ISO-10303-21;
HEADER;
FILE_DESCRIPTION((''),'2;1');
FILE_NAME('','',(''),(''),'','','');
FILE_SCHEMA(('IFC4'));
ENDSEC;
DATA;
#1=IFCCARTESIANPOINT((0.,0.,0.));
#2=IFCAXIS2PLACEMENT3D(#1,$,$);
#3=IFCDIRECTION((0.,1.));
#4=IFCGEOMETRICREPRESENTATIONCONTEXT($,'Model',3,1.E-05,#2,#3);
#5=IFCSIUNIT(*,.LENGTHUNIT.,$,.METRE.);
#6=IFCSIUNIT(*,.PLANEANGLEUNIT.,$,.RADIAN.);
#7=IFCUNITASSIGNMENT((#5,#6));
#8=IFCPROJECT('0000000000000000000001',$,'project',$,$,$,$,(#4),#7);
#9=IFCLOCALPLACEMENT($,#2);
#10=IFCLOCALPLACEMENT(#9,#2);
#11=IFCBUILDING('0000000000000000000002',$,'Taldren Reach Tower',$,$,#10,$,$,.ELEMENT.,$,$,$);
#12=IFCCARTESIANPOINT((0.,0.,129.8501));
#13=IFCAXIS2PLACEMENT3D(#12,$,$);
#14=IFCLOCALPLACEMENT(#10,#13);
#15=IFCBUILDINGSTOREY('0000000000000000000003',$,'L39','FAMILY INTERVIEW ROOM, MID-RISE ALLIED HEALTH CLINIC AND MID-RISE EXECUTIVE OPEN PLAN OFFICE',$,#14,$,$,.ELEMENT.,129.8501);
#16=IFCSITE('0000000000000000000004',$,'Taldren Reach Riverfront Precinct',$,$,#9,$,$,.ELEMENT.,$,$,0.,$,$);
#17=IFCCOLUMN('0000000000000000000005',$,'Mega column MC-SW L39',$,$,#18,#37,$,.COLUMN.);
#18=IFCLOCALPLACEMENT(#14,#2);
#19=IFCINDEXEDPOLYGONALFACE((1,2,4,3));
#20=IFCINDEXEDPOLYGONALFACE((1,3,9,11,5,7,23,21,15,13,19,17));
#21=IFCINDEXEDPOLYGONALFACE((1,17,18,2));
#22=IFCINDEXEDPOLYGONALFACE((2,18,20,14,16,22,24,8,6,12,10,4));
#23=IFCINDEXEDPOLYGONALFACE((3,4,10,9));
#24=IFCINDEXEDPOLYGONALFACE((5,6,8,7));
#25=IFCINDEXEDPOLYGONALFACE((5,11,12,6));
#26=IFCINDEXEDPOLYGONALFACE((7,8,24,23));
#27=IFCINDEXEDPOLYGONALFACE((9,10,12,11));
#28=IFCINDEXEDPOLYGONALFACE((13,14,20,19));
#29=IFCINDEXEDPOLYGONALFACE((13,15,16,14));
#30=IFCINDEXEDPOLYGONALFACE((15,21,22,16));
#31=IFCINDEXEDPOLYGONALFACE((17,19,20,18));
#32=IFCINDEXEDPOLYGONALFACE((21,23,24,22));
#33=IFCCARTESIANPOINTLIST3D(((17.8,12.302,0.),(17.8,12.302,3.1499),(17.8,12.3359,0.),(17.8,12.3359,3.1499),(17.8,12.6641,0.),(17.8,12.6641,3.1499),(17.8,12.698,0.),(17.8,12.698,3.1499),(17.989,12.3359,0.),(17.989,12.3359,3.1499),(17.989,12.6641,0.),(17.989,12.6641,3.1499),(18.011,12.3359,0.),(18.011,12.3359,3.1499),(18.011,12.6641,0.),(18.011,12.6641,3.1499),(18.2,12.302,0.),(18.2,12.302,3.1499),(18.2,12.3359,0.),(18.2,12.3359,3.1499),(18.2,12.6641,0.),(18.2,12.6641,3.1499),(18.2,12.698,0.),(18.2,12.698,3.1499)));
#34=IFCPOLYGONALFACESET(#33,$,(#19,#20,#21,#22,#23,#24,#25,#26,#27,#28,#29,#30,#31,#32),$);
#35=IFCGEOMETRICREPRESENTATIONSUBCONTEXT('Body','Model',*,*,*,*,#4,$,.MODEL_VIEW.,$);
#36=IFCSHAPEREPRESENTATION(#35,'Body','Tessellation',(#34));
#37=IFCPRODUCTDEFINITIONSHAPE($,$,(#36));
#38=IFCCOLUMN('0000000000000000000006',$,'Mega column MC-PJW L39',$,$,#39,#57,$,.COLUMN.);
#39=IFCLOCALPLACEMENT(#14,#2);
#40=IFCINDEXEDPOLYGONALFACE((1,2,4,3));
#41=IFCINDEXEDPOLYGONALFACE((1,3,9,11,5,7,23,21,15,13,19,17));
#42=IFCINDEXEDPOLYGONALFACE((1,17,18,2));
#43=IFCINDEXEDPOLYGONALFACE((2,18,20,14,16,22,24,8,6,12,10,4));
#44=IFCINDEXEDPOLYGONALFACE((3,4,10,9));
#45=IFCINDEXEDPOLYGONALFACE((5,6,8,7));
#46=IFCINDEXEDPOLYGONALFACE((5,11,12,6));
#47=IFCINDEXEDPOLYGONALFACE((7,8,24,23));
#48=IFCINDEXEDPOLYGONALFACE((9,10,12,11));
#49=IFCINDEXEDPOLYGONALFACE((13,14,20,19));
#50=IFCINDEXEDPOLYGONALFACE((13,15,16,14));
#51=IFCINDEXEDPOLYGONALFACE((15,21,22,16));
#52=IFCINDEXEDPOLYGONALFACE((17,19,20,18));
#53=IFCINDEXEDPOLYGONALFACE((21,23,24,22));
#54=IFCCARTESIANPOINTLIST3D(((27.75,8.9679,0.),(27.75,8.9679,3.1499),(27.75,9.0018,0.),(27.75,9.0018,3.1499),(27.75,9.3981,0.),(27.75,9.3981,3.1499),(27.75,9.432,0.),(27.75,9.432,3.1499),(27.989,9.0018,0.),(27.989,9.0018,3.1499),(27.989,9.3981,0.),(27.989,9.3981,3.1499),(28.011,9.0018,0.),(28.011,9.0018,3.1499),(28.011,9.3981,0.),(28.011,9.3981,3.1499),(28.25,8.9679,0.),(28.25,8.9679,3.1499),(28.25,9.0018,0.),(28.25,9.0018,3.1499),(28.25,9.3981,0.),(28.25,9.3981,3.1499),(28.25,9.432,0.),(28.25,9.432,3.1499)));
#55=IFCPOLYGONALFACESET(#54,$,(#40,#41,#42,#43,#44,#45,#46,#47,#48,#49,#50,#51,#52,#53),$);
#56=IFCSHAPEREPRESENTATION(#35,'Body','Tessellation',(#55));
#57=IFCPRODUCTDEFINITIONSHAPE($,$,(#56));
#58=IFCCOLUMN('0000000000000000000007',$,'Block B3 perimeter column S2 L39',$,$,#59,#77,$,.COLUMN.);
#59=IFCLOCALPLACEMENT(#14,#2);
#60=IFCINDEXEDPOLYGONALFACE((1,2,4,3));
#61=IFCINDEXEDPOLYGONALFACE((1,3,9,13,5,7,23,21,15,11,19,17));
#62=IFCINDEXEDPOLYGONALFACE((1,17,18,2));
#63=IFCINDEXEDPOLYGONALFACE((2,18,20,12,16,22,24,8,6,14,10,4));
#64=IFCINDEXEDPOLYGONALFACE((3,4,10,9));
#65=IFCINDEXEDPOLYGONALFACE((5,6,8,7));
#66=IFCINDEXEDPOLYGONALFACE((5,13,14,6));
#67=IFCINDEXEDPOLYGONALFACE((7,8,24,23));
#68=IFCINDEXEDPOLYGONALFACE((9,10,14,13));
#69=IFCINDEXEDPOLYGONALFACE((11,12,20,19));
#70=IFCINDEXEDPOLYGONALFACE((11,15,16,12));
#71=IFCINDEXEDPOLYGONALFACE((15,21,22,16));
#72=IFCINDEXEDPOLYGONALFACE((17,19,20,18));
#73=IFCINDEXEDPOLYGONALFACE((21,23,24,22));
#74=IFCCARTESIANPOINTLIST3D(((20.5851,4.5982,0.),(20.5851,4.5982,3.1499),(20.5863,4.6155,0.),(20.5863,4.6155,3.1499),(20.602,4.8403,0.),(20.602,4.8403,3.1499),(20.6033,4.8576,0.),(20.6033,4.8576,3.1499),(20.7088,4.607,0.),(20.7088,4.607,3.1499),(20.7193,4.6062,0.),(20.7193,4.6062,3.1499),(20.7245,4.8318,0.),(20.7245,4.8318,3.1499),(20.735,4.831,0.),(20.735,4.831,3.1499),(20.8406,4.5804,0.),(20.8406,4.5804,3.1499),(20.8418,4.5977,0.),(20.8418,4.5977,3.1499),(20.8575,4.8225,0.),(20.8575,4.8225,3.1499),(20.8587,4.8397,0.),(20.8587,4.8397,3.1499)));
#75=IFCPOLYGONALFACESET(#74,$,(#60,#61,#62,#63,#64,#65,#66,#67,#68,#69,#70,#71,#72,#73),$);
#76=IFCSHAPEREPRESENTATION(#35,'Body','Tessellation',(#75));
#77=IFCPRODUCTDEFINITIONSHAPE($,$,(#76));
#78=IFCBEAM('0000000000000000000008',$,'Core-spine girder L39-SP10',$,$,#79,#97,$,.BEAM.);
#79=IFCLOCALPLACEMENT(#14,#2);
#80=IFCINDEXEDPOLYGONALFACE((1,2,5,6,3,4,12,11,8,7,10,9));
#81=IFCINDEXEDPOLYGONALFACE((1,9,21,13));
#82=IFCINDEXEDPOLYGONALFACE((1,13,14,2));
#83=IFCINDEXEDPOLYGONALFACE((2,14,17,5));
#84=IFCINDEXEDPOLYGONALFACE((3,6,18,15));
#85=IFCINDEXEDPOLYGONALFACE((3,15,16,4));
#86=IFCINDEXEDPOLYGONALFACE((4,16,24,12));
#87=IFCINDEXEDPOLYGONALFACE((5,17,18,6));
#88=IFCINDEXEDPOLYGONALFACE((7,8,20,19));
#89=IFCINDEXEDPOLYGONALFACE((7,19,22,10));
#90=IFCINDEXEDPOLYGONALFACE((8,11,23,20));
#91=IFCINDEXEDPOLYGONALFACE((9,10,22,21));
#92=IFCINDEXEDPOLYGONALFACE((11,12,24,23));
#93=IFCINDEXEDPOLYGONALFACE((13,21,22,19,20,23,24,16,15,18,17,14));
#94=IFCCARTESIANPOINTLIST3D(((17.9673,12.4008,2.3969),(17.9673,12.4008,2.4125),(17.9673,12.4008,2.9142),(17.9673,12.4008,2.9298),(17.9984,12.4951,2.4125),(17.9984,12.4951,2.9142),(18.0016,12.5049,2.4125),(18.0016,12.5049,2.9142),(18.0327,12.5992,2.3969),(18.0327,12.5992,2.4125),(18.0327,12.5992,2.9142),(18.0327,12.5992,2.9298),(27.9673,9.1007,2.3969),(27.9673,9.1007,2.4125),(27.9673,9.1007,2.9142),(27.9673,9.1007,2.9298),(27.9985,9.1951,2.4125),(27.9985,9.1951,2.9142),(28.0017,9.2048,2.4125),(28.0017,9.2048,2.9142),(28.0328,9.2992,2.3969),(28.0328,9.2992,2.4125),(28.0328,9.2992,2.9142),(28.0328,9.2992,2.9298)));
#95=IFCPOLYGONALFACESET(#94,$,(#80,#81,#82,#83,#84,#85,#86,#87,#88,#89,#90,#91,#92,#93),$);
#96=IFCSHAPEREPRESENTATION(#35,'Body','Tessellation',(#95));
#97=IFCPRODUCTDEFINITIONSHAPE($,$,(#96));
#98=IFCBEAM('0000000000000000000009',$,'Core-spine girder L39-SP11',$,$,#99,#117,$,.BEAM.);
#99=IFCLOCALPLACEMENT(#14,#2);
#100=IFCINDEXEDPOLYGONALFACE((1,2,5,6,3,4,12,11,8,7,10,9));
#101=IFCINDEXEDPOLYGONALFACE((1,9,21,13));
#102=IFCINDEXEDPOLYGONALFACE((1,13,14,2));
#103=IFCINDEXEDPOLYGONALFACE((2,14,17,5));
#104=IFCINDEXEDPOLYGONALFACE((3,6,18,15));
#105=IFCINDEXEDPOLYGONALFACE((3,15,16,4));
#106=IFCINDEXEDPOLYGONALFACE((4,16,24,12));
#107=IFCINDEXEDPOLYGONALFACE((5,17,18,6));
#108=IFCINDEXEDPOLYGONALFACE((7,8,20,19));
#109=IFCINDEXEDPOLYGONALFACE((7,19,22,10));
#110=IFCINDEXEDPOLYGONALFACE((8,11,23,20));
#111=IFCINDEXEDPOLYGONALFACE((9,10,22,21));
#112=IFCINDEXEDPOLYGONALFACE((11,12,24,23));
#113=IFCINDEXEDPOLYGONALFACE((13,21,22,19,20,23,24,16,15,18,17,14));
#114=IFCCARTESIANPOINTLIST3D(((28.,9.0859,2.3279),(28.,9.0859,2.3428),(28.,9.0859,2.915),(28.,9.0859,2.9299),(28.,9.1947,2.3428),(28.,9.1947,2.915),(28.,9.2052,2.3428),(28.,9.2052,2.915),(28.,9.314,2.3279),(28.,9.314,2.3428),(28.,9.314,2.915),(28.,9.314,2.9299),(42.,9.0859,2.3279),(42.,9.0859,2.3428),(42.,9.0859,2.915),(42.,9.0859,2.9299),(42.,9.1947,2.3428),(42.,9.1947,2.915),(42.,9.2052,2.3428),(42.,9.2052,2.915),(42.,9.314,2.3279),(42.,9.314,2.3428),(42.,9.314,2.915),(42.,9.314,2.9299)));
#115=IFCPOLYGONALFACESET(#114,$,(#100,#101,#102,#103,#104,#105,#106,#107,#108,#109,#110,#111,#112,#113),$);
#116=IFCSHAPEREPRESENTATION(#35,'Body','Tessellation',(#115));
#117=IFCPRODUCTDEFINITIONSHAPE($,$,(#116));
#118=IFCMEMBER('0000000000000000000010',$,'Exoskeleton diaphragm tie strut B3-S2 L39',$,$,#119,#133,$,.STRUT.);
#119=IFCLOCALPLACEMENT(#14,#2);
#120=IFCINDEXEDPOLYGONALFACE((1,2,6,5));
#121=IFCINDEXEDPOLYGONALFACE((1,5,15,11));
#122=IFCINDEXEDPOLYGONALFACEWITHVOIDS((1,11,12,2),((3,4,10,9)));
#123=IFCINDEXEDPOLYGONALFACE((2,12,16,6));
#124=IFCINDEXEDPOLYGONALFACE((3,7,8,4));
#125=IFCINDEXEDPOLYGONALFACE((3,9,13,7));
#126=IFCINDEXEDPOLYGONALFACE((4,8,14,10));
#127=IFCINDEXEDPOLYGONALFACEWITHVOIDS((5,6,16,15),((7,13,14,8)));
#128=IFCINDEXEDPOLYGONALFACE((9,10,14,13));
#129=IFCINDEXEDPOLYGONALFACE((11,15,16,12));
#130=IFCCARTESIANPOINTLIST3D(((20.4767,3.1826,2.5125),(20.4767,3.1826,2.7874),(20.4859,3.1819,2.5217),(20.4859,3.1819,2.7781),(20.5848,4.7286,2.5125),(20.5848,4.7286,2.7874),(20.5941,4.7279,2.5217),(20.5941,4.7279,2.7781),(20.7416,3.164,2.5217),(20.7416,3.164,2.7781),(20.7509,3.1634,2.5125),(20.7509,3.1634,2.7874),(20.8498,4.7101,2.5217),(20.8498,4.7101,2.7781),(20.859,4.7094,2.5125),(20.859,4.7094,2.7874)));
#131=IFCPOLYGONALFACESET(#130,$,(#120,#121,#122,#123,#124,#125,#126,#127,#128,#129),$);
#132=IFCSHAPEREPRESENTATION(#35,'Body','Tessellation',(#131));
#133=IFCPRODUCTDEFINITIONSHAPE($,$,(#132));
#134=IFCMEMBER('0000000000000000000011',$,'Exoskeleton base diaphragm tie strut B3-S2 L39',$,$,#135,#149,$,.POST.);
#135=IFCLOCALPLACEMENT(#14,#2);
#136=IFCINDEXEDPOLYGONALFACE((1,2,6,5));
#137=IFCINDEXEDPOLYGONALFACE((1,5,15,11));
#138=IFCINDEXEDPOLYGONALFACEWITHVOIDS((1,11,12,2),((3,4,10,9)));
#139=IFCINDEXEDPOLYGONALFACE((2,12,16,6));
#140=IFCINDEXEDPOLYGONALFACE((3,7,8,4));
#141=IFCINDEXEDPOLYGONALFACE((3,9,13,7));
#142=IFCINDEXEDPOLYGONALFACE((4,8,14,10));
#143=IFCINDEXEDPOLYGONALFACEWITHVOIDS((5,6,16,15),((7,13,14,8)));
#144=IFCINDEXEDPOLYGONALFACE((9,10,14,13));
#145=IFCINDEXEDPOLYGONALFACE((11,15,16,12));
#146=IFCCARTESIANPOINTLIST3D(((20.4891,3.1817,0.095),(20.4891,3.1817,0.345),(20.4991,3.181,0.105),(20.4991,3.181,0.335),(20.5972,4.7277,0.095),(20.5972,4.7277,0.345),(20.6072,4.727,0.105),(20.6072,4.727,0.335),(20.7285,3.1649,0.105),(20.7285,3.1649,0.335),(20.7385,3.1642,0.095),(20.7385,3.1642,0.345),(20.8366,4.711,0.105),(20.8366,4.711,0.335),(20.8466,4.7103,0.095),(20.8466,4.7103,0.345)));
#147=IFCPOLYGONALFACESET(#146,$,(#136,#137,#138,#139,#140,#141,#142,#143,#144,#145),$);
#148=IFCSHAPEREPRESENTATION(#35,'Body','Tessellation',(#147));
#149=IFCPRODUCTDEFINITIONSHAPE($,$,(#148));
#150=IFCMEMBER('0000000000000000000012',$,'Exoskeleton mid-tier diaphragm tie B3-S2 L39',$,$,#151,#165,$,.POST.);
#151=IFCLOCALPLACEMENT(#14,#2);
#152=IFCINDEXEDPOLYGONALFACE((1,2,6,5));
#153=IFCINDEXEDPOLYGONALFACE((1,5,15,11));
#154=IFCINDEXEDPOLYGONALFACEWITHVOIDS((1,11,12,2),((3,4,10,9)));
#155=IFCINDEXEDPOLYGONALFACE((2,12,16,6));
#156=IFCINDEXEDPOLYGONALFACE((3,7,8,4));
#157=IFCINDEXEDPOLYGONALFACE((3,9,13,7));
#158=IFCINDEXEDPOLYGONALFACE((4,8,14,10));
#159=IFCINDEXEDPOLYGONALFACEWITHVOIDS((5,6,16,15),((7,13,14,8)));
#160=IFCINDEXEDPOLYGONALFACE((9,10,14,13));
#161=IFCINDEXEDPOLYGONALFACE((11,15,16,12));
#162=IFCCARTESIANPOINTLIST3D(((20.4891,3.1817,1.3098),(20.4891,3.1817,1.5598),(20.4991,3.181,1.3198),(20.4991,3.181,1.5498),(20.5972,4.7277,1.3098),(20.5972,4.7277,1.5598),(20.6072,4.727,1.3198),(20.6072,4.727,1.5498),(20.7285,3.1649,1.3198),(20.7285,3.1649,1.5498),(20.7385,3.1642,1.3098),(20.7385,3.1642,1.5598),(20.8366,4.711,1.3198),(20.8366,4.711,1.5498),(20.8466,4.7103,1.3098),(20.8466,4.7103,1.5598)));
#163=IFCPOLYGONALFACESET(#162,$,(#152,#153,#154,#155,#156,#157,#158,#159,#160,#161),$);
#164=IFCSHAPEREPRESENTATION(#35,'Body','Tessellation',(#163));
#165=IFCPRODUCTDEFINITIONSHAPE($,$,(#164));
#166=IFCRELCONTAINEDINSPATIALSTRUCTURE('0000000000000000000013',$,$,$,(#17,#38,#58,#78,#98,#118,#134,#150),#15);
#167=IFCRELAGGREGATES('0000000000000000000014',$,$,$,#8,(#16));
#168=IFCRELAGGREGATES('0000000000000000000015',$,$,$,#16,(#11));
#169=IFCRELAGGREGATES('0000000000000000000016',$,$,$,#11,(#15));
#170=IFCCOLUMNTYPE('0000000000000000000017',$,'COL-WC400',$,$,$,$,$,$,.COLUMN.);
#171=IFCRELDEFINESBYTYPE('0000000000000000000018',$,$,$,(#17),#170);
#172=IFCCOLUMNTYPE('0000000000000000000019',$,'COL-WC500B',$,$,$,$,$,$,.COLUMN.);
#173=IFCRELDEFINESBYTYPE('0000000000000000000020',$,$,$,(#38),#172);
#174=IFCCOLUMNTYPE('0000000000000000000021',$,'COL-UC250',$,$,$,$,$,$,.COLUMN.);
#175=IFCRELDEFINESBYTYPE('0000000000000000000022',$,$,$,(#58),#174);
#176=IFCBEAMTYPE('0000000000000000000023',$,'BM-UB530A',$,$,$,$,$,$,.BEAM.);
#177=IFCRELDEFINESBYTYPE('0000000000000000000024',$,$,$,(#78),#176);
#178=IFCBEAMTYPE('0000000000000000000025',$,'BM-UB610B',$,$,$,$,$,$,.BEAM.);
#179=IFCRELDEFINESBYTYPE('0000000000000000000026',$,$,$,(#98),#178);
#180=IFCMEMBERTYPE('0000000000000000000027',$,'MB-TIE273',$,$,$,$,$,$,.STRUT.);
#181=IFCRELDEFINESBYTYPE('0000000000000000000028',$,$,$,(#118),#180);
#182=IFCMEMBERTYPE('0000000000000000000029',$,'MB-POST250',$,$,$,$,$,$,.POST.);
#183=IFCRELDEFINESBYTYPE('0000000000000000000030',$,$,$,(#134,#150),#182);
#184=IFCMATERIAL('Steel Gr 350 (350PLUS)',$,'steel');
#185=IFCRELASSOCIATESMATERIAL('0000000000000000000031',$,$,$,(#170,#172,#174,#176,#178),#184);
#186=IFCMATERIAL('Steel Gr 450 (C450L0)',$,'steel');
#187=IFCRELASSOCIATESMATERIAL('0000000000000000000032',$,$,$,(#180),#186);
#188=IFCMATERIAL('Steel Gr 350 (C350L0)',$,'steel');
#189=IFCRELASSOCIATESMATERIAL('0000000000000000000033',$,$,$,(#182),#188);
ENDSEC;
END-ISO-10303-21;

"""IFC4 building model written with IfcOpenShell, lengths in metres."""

from ifc_helpers import new_model, si_unit, direction, frame, origin, origin_2d, place, context, subcontext, project, spatial, hollow_rectangle, i_section, extrude, source, transform, mapped, material, material_profile, profile_set, type_object, element, save


model = new_model("IFC4")

# Units and contexts
model_context = context("Model", 3, precision=1e-05, world=origin(), true_north=direction((0.0, 1.0)))
body_context = subcontext(model_context, "Body", "Model", "MODEL_VIEW")
ifc_project = project(units=[si_unit("LENGTHUNIT", "METRE"), si_unit("PLANEANGLEUNIT", "RADIAN")], contexts=[model_context])

# Site, building, storey
site_placement = place(None, origin())
site = spatial("IfcSite", under=ifc_project, at=site_placement, Name="Taldren Reach Riverfront Precinct", CompositionType="ELEMENT", RefElevation=0.0)
building_placement = place(site_placement, origin())
building = spatial("IfcBuilding", under=site, at=building_placement, Name="Taldren Reach Tower", CompositionType="ELEMENT")
storey_placement = place(building_placement, frame((0.0, 0.0, 129.8501)))
storey = spatial("IfcBuildingStorey", under=building, at=storey_placement, Name="L39", Description="FAMILY INTERVIEW ROOM, MID-RISE ALLIED HEALTH CLINIC AND MID-RISE EXECUTIVE OPEN PLAN OFFICE", CompositionType="ELEMENT", Elevation=129.8501)

# Columns
ifc_material_1 = material(Name="Steel Gr 350 (350PLUS)", Category="steel")
ifc_material_profile_1 = material_profile(ifc_material_1, i_section(OverallWidth=0.3999, OverallDepth=0.396, WebThickness=0.022, FlangeThickness=0.0339, at=origin_2d()), Name="400WC270")
ifc_profile_set_1 = profile_set([ifc_material_profile_1], Name="Steel Gr 350 (350PLUS)")
column_type_1 = type_object("IfcColumnType", Name="COL-WC400", PredefinedType="COLUMN", material=ifc_profile_set_1)
shared_shape_1 = source(origin(), body_context, "Body", "SweptSolid", [
    extrude(i_section(OverallWidth=0.3999, OverallDepth=0.396, WebThickness=0.022, FlangeThickness=0.0339, at=origin_2d()), origin(), (0.0, 0.0, 1.0), 3.1499),
])
column_1_placement = place(storey_placement, frame((18.0, 12.5, 0.0), z_axis=(0.0, 0.0, 1.0), x_axis=(1.0, 0.0, 0.0)))
element("IfcColumn", 1, at=column_1_placement, inside=storey, type_object=column_type_1, Name="Mega column MC-SW L39", PredefinedType="COLUMN", context=body_context, shape_type="MappedRepresentation", body=[
    mapped(shared_shape_1, transform((0.0, 0.0, 0.0), scale=1.0)),
])
ifc_material_profile_2 = material_profile(ifc_material_1, i_section(OverallWidth=0.5, OverallDepth=0.4641, WebThickness=0.022, FlangeThickness=0.0339, at=origin_2d()), Name="500WC340")
ifc_profile_set_2 = profile_set([ifc_material_profile_2], Name="Steel Gr 350 (350PLUS)")
column_type_2 = type_object("IfcColumnType", Name="COL-WC500B", PredefinedType="COLUMN", material=ifc_profile_set_2)
shared_shape_2 = source(origin(), body_context, "Body", "SweptSolid", [
    extrude(i_section(OverallWidth=0.5, OverallDepth=0.4641, WebThickness=0.022, FlangeThickness=0.0339, at=origin_2d()), origin(), (0.0, 0.0, 1.0), 3.1499),
])
column_2_placement = place(storey_placement, frame((28.0, 9.2, 0.0), z_axis=(0.0, 0.0, 1.0), x_axis=(1.0, 0.0, 0.0)))
element("IfcColumn", 2, at=column_2_placement, inside=storey, type_object=column_type_2, Name="Mega column MC-PJW L39", PredefinedType="COLUMN", context=body_context, shape_type="MappedRepresentation", body=[
    mapped(shared_shape_2, transform((0.0, 0.0, 0.0), scale=1.0)),
])
ifc_material_profile_3 = material_profile(ifc_material_1, i_section(OverallWidth=0.2561, OverallDepth=0.26, WebThickness=0.0105, FlangeThickness=0.0173, at=origin_2d()), Name="250UC89.5")
ifc_profile_set_3 = profile_set([ifc_material_profile_3], Name="Steel Gr 350 (350PLUS)")
column_type_3 = type_object("IfcColumnType", Name="COL-UC250", PredefinedType="COLUMN", material=ifc_profile_set_3)
shared_shape_3 = source(origin(), body_context, "Body", "SweptSolid", [
    extrude(i_section(OverallWidth=0.2561, OverallDepth=0.26, WebThickness=0.0105, FlangeThickness=0.0173, at=origin_2d()), origin(), (0.0, 0.0, 1.0), 3.1499),
])
column_3_placement = place(storey_placement, frame((20.7219, 4.719, 0.0), z_axis=(0.0, 0.0, 1.0), x_axis=(0.997564, -0.069756, 0.0)))
element("IfcColumn", 3, at=column_3_placement, inside=storey, type_object=column_type_3, Name="Block B3 perimeter column S2 L39", PredefinedType="COLUMN", context=body_context, shape_type="MappedRepresentation", body=[
    mapped(shared_shape_3, transform((0.0, 0.0, 0.0), scale=1.0)),
])

# Beams
ifc_material_profile_4 = material_profile(ifc_material_1, i_section(OverallWidth=0.209, OverallDepth=0.533, WebThickness=0.0103, FlangeThickness=0.0156, at=origin_2d()), Name="530UB92.4")
ifc_profile_set_4 = profile_set([ifc_material_profile_4], Name="Steel Gr 350 (350PLUS)")
beam_type_1 = type_object("IfcBeamType", Name="BM-UB530A", PredefinedType="BEAM", material=ifc_profile_set_4)
shared_shape_4 = source(origin(), body_context, "Body", "SweptSolid", [
    extrude(i_section(OverallWidth=0.209, OverallDepth=0.533, WebThickness=0.0103, FlangeThickness=0.0156, at=origin_2d()), origin(), (0.0, 0.0, 1.0), 10.5305),
])
beam_1_placement = place(storey_placement, frame((18.0, 12.5, 2.6633), z_axis=(0.949627, -0.313382, 0.0), x_axis=(0.313382, 0.949627, 0.0)))
element("IfcBeam", 4, at=beam_1_placement, inside=storey, type_object=beam_type_1, Name="Core-spine girder L39-SP10", PredefinedType="BEAM", context=body_context, shape_type="MappedRepresentation", body=[
    mapped(shared_shape_4, transform((0.0, 0.0, 0.0), scale=1.0)),
])
ifc_material_profile_5 = material_profile(ifc_material_1, i_section(OverallWidth=0.228, OverallDepth=0.6021, WebThickness=0.0105, FlangeThickness=0.0149, at=origin_2d()), Name="610UB101")
ifc_profile_set_5 = profile_set([ifc_material_profile_5], Name="Steel Gr 350 (350PLUS)")
beam_type_2 = type_object("IfcBeamType", Name="BM-UB610B", PredefinedType="BEAM", material=ifc_profile_set_5)
shared_shape_5 = source(origin(), body_context, "Body", "SweptSolid", [
    extrude(i_section(OverallWidth=0.228, OverallDepth=0.6021, WebThickness=0.0105, FlangeThickness=0.0149, at=origin_2d()), origin(), (0.0, 0.0, 1.0), 14.0),
])
beam_2_placement = place(storey_placement, frame((28.0, 9.2, 2.6289), z_axis=(1.0, 0.0, 0.0), x_axis=(0.0, 1.0, 0.0)))
element("IfcBeam", 5, at=beam_2_placement, inside=storey, type_object=beam_type_2, Name="Core-spine girder L39-SP11", PredefinedType="BEAM", context=body_context, shape_type="MappedRepresentation", body=[
    mapped(shared_shape_5, transform((0.0, 0.0, 0.0), scale=1.0)),
])

# Members
ifc_material_2 = material(Name="Steel Gr 450 (C450L0)", Category="steel")
ifc_material_profile_6 = material_profile(ifc_material_2, hollow_rectangle(XDim=0.2749, YDim=0.2749, WallThickness=0.0093, at=origin_2d()), Name="275x275x9.3SHS")
ifc_profile_set_6 = profile_set([ifc_material_profile_6], Name="Steel Gr 450 (C450L0)")
member_type_1 = type_object("IfcMemberType", Name="MB-TIE273", PredefinedType="STRUT", material=ifc_profile_set_6)
shared_shape_6 = source(origin(), body_context, "Body", "SweptSolid", [
    extrude(hollow_rectangle(XDim=0.2749, YDim=0.2749, WallThickness=0.0093, at=origin_2d()), origin(), (0.0, 0.0, 1.0), 1.5498),
])
member_placement = place(storey_placement, frame((20.7219, 4.719, 2.6499), z_axis=(-0.069781, -0.997562, 0.0), x_axis=(0.997562, -0.069781, 0.0)))
element("IfcMember", 6, at=member_placement, inside=storey, type_object=member_type_1, Name="Exoskeleton diaphragm tie strut B3-S2 L39", PredefinedType="STRUT", context=body_context, shape_type="MappedRepresentation", body=[
    mapped(shared_shape_6, transform((0.0, 0.0, 0.0), scale=1.0)),
])
ifc_material_3 = material(Name="Steel Gr 350 (C350L0)", Category="steel")
ifc_material_profile_7 = material_profile(ifc_material_3, hollow_rectangle(XDim=0.25, YDim=0.25, WallThickness=0.01, at=origin_2d()), Name="250x250x10.0SHS")
ifc_profile_set_7 = profile_set([ifc_material_profile_7], Name="Steel Gr 350 (C350L0)")
member_type_2 = type_object("IfcMemberType", Name="MB-POST250", PredefinedType="POST", material=ifc_profile_set_7)
shared_shape_7 = source(origin(), body_context, "Body", "SweptSolid", [
    extrude(hollow_rectangle(XDim=0.25, YDim=0.25, WallThickness=0.01, at=origin_2d()), origin(), (0.0, 0.0, 1.0), 1.5498),
])
for number, where, z_axis, x_axis, name in (
    (7, (20.7219, 4.719, 0.22), (-0.069781, -0.997562, 0.0), (0.997562, -0.069781, 0.0), "Exoskeleton base diaphragm tie strut B3-S2 L39"),
    (8, (20.7219, 4.719, 1.4348), (-0.069781, -0.997562, 0.0), (0.997562, -0.069781, 0.0), "Exoskeleton mid-tier diaphragm tie B3-S2 L39"),
):
    element("IfcMember", number, at=place(storey_placement, frame(where, z_axis=z_axis, x_axis=x_axis)), inside=storey, type_object=member_type_2, Name=name, PredefinedType="POST", context=body_context, shape_type="MappedRepresentation", body=[
        mapped(shared_shape_7, transform((0.0, 0.0, 0.0), scale=1.0)),
    ])

save(model, "model.ifc")
